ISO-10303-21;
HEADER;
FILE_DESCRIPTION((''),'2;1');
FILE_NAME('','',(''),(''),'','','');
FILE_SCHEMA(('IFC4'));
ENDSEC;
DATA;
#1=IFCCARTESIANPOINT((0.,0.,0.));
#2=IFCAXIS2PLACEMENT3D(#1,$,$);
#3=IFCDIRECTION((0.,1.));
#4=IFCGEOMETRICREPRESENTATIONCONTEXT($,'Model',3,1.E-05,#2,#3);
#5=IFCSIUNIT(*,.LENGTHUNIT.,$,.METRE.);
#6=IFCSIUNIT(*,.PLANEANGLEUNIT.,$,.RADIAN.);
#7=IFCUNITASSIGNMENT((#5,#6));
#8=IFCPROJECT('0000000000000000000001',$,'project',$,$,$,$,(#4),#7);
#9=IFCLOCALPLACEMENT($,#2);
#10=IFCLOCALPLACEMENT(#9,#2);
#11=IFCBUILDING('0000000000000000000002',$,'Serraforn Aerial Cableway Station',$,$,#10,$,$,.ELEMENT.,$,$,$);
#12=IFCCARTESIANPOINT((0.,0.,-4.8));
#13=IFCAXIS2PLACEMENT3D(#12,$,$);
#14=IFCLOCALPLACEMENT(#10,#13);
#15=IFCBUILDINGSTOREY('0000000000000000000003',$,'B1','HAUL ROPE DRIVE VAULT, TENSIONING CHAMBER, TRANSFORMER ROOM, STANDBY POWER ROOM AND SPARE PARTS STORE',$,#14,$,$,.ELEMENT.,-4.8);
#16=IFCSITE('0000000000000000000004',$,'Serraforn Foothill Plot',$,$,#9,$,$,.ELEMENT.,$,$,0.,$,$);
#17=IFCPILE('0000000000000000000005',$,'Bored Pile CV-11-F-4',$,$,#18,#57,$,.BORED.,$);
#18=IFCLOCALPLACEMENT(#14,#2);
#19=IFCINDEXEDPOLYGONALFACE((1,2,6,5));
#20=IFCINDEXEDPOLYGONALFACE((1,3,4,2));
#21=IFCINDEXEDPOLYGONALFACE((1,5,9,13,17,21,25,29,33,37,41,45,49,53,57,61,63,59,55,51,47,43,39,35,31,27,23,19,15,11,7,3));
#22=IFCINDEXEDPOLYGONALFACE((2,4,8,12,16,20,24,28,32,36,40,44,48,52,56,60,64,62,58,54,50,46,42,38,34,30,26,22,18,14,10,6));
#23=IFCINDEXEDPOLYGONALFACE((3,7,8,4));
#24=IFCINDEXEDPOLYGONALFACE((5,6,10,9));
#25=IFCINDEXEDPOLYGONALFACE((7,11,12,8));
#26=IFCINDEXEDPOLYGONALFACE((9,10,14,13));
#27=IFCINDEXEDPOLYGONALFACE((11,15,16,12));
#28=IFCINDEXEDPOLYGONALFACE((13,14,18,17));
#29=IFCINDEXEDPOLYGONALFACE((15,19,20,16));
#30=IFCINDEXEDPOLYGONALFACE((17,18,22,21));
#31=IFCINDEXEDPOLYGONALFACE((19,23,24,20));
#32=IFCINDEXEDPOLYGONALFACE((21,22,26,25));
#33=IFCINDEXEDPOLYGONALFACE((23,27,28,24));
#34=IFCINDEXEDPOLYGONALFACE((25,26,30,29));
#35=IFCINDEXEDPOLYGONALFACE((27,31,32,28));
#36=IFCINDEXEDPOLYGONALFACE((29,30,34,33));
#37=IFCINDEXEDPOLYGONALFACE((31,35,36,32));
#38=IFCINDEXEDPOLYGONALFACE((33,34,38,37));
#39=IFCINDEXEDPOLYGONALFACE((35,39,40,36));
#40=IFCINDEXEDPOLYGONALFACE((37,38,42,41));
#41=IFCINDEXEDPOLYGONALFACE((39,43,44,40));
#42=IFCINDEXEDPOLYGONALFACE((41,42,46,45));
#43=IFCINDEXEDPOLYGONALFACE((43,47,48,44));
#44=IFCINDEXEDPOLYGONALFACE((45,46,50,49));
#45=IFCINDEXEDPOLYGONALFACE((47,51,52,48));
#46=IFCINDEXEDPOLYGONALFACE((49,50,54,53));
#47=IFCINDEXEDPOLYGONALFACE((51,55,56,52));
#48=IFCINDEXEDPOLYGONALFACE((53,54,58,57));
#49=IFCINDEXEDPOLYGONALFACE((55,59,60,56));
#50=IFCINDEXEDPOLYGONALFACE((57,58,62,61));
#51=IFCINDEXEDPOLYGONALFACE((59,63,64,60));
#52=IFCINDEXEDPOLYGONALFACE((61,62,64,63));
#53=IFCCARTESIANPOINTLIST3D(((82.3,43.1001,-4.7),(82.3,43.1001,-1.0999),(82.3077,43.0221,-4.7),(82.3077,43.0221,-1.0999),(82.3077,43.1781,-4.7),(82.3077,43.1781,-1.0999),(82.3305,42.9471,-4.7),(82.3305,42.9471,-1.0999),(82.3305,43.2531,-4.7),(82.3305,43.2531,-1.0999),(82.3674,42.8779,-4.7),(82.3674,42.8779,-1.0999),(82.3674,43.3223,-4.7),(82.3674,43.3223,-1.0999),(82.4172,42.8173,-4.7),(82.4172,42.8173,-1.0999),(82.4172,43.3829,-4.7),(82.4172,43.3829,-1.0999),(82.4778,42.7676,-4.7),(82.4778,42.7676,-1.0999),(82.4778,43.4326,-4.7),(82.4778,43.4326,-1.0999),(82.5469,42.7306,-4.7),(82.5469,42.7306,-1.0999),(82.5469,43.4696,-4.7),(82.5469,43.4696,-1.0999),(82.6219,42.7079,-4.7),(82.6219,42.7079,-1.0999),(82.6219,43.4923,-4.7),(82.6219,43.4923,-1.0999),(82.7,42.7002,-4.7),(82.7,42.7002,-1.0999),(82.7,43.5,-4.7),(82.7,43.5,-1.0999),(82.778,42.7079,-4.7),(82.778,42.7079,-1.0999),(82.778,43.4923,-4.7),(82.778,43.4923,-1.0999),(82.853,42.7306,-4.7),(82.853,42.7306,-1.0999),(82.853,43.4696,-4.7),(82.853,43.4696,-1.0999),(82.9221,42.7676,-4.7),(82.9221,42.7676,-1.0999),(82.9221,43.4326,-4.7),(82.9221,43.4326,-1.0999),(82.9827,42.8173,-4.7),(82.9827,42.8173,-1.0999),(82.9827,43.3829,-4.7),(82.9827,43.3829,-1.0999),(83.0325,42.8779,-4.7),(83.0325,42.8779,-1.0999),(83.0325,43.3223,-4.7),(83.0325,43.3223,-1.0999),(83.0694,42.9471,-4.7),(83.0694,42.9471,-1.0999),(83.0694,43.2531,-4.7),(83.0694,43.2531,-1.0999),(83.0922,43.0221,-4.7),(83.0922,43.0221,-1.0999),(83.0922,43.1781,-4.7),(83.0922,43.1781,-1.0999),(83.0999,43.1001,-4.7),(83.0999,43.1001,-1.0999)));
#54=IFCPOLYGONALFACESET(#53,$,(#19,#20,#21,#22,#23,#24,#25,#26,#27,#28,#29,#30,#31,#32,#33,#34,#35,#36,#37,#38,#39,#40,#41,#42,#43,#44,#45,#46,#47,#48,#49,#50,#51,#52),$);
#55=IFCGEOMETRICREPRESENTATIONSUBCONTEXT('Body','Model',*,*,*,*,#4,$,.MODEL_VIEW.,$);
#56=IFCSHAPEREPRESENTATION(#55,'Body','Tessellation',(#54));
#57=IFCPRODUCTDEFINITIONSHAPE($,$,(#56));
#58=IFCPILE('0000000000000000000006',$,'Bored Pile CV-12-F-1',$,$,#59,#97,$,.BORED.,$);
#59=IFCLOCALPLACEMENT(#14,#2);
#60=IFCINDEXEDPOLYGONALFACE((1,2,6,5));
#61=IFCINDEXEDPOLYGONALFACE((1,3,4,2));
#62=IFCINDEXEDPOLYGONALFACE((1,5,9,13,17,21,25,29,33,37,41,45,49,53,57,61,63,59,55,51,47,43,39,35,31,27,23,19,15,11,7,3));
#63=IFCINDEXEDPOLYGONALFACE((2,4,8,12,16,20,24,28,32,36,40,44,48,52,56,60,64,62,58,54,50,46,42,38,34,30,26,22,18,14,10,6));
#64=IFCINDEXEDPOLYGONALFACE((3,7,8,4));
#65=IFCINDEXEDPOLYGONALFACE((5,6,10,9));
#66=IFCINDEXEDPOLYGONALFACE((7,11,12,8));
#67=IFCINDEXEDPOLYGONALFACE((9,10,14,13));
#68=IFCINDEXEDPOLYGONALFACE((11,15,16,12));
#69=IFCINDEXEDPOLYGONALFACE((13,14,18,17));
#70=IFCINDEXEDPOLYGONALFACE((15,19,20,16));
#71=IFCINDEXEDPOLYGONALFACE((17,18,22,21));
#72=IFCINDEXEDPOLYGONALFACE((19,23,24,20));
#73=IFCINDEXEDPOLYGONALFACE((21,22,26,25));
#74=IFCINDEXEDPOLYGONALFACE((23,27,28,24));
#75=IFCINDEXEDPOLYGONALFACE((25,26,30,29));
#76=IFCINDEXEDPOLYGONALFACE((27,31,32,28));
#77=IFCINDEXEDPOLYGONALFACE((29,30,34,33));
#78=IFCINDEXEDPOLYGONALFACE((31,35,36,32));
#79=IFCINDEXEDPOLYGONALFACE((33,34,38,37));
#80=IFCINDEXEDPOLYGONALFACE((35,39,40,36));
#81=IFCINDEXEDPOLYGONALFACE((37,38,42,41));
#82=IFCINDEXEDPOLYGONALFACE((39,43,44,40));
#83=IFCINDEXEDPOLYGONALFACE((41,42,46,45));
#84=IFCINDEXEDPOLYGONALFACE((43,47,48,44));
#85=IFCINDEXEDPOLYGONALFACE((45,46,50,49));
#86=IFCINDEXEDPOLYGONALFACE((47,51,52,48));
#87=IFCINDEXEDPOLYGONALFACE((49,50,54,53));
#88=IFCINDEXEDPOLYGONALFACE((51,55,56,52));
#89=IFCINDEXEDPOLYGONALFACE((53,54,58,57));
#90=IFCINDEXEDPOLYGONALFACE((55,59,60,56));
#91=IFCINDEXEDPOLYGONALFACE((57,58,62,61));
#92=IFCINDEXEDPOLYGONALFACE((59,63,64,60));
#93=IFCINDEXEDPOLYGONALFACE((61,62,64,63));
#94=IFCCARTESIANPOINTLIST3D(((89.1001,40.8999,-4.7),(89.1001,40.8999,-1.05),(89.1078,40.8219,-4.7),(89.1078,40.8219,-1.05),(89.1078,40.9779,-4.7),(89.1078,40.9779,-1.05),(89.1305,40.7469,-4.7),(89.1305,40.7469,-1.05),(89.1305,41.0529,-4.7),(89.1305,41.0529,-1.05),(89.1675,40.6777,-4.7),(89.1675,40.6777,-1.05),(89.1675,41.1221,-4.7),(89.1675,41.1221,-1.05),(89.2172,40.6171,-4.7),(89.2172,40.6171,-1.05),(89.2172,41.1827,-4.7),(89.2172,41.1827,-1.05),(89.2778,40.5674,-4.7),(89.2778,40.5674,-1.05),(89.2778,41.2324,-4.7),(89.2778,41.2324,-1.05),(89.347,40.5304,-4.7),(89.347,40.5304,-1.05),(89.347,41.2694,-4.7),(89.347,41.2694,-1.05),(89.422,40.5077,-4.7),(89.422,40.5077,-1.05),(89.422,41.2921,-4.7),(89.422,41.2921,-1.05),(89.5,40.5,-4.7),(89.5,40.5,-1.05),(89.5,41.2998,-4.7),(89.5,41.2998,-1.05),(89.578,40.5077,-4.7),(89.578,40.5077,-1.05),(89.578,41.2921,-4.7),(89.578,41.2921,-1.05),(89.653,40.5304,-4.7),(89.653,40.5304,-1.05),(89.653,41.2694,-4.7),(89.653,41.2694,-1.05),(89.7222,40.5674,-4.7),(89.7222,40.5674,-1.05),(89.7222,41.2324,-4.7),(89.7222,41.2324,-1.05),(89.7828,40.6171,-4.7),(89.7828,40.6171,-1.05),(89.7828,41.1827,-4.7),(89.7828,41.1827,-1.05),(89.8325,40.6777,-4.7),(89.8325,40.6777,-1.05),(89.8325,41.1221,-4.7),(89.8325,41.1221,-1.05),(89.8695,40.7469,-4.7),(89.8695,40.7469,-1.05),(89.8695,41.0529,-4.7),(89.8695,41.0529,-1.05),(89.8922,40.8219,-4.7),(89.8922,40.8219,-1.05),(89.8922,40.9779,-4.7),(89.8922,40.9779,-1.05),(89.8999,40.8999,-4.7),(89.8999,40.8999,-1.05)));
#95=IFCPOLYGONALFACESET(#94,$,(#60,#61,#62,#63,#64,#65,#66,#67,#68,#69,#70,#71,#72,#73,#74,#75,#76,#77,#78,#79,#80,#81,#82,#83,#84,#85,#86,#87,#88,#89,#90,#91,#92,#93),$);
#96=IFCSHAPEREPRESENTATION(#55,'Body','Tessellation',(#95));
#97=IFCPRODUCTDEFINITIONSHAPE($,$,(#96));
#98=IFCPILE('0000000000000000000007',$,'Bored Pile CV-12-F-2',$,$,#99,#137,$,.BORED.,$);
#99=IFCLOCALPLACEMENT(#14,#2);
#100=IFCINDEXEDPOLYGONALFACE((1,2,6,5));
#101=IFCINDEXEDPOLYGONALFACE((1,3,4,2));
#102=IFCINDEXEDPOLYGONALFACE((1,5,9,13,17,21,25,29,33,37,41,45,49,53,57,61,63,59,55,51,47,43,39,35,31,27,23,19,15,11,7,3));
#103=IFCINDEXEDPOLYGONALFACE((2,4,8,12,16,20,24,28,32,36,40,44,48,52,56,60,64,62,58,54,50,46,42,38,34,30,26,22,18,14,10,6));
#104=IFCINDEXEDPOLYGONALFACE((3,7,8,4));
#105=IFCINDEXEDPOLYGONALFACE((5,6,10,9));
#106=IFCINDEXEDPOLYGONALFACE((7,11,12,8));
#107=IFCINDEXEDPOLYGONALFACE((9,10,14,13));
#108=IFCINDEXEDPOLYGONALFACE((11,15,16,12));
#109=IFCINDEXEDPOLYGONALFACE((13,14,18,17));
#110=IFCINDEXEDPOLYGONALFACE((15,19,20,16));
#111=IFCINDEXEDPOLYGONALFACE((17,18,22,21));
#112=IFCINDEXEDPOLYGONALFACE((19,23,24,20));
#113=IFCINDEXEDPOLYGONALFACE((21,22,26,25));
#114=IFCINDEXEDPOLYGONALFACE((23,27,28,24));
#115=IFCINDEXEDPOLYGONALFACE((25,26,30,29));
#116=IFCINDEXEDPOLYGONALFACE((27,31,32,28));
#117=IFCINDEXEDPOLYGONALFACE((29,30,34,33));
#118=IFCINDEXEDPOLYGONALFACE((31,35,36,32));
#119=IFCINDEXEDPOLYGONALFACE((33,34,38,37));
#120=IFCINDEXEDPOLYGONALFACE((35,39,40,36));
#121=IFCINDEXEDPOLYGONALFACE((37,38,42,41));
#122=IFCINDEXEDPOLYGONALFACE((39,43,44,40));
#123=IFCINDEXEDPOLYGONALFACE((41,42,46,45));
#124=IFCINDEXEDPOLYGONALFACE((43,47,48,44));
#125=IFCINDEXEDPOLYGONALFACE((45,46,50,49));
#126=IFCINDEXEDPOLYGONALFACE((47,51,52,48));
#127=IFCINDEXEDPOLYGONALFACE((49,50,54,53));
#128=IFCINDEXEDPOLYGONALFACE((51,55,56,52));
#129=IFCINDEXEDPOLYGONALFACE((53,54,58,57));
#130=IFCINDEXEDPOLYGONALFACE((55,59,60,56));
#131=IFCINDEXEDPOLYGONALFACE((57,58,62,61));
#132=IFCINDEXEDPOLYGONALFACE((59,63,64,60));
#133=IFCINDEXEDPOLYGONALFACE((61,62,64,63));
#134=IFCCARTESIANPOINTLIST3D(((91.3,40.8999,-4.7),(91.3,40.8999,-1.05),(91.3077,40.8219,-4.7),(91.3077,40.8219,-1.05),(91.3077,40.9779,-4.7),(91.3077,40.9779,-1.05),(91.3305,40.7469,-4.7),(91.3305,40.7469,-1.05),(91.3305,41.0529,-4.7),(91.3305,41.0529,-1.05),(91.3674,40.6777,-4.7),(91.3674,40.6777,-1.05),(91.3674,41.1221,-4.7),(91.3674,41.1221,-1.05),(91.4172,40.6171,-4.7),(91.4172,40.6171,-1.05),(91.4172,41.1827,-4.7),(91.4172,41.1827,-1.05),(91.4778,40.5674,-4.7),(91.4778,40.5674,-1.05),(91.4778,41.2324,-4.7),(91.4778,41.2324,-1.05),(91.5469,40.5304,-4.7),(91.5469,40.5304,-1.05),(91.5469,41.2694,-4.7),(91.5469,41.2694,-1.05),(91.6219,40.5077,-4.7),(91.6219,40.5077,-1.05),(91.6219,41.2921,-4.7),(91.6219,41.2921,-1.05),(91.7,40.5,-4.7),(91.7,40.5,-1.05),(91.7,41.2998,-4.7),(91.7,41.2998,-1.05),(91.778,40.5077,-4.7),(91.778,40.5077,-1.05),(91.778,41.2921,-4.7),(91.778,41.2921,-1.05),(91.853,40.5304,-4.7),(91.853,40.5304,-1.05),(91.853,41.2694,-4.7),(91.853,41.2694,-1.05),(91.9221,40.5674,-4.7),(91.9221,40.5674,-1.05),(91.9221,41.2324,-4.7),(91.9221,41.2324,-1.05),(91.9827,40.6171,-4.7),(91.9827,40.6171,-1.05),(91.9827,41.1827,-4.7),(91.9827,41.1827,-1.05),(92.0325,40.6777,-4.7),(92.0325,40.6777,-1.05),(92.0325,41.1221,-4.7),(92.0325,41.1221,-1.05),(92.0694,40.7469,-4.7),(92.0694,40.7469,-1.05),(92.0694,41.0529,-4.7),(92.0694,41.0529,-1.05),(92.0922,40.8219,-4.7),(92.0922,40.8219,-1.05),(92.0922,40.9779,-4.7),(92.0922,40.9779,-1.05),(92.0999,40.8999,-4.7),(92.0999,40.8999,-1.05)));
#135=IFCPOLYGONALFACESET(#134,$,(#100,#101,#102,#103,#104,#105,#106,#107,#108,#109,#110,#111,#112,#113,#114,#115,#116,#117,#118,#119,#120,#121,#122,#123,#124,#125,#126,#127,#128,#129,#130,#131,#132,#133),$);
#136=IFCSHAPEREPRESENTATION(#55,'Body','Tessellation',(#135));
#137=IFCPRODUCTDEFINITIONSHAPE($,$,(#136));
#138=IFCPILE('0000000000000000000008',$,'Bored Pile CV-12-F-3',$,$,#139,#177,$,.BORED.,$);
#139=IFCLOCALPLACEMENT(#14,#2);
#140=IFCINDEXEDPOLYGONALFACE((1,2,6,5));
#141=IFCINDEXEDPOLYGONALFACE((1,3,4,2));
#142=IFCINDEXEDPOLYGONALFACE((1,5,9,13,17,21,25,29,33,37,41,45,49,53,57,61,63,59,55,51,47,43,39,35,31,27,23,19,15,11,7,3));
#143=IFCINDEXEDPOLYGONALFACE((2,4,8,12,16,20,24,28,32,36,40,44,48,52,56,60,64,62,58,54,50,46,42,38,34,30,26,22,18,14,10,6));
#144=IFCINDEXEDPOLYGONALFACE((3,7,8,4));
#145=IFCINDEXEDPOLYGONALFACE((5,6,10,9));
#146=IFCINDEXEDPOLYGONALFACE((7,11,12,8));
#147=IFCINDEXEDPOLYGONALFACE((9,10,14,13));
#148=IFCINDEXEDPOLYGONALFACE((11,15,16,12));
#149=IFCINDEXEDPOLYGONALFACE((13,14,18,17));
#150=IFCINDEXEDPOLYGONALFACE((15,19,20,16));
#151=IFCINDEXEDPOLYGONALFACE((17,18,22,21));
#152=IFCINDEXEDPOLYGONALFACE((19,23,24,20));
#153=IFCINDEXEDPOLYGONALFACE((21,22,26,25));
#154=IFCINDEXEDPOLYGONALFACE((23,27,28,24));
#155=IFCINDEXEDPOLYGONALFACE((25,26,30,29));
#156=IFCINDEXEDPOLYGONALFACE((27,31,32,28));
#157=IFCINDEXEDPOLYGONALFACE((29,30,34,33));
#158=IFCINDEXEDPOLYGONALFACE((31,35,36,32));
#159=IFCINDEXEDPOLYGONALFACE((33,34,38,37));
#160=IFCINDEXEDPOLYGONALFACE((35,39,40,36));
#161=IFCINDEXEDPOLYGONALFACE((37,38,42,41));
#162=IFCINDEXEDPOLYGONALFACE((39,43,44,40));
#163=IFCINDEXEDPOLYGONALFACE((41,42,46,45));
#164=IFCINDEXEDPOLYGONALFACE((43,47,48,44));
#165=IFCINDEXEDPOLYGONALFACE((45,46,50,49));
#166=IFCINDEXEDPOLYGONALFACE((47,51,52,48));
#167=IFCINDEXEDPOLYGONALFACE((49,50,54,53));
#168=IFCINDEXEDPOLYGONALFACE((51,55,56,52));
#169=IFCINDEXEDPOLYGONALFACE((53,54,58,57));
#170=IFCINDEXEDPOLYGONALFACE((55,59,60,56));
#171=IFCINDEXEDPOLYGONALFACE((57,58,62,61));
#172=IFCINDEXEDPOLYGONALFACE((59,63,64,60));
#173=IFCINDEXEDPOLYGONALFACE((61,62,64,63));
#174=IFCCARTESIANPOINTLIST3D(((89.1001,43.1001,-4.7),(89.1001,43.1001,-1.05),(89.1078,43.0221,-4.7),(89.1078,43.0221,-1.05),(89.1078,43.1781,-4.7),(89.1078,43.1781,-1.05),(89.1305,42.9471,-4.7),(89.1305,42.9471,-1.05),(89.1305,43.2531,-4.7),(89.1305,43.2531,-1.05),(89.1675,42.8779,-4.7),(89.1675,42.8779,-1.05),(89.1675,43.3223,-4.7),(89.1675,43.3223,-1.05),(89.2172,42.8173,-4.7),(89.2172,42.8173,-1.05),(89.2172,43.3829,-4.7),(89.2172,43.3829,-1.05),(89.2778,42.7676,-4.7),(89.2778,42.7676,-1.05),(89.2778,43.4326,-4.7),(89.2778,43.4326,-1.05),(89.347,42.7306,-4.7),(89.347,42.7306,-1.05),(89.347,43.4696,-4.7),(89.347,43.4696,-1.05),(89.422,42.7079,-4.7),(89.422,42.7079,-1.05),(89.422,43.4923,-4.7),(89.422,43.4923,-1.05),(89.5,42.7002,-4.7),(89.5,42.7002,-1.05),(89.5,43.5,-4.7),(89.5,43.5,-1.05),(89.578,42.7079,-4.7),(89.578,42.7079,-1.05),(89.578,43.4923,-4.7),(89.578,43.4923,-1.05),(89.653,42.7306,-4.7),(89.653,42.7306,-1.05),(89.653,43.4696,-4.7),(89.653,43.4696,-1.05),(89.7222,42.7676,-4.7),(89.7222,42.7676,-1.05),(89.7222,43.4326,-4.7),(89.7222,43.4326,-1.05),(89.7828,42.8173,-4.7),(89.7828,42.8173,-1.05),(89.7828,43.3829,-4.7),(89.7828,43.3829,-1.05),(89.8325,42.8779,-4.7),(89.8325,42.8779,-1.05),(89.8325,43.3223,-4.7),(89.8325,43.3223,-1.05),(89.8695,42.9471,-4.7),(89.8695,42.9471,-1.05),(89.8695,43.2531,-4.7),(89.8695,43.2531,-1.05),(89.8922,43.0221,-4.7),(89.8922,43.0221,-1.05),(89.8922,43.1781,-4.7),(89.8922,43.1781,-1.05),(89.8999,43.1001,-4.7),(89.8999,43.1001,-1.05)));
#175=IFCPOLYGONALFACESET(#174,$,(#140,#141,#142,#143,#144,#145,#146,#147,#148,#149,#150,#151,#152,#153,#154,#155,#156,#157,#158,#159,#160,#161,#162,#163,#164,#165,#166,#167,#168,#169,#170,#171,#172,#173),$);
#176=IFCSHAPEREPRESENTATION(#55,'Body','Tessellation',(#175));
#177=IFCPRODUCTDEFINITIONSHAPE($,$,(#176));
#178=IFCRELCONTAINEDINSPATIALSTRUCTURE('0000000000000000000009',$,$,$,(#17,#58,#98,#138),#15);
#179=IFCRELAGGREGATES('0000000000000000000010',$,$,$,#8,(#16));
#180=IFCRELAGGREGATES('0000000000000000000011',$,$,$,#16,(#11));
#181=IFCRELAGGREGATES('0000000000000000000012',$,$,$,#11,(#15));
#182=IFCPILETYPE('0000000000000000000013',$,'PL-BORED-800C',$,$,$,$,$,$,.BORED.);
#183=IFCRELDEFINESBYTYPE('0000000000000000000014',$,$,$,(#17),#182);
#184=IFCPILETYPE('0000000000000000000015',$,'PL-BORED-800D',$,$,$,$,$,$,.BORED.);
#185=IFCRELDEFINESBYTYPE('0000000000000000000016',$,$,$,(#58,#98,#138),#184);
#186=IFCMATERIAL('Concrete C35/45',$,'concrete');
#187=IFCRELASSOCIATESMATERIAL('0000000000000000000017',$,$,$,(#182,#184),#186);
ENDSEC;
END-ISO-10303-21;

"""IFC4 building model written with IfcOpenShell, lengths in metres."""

from ifc_helpers import new_model, si_unit, direction, frame, origin, origin_2d, place, context, subcontext, project, spatial, circle, extrude, material, material_profile, profile_set, type_object, element, save


model = new_model("IFC4")

# Units and contexts
model_context = context("Model", 3, precision=1e-05, world=origin(), true_north=direction((0.0, 1.0)))
body_context = subcontext(model_context, "Body", "Model", "MODEL_VIEW")
ifc_project = project(units=[si_unit("LENGTHUNIT", "METRE"), si_unit("PLANEANGLEUNIT", "RADIAN")], contexts=[model_context])

# Site, building, storey
site_placement = place(None, origin())
site = spatial("IfcSite", under=ifc_project, at=site_placement, Name="Serraforn Foothill Plot", CompositionType="ELEMENT", RefElevation=0.0)
building_placement = place(site_placement, origin())
building = spatial("IfcBuilding", under=site, at=building_placement, Name="Serraforn Aerial Cableway Station", CompositionType="ELEMENT")
storey_placement = place(building_placement, frame((0.0, 0.0, -4.8)))
storey = spatial("IfcBuildingStorey", under=building, at=storey_placement, Name="B1", Description="HAUL ROPE DRIVE VAULT, TENSIONING CHAMBER, TRANSFORMER ROOM, STANDBY POWER ROOM AND SPARE PARTS STORE", CompositionType="ELEMENT", Elevation=-4.8)

# Shared definitions
ifc_material_1 = material(Name="Concrete C35/45", Category="concrete")

# Piles
ifc_material_profile_1 = material_profile(ifc_material_1, circle(Radius=0.3999, at=origin_2d()), Name="BORED PILE D800")
ifc_profile_set_1 = profile_set([ifc_material_profile_1], Name="Concrete C35/45")
pile_type_1 = type_object("IfcPileType", Name="PL-BORED-800C", PredefinedType="BORED", material=ifc_profile_set_1)
for number, where, z_axis, x_axis, name in (
    (1, (82.7, 43.1001, -1.0999), (0.0, 0.0, -1.0), (1.0, 0.0, 0.0), "Bored Pile CV-11-F-4"),
):
    element("IfcPile", number, at=place(storey_placement, frame(where, z_axis=z_axis, x_axis=x_axis)), inside=storey, type_object=pile_type_1, Name=name, PredefinedType="BORED", context=body_context, shape_type="SweptSolid", body=[
        extrude(circle(Radius=0.3999, at=origin_2d()), origin(), (0.0, 0.0, 1.0), 3.6001),
    ])
ifc_material_profile_2 = material_profile(ifc_material_1, circle(Radius=0.3999, at=origin_2d()), Name="BORED PILE D800")
ifc_profile_set_2 = profile_set([ifc_material_profile_2], Name="Concrete C35/45")
pile_type_2 = type_object("IfcPileType", Name="PL-BORED-800D", PredefinedType="BORED", material=ifc_profile_set_2)
for number, where, z_axis, x_axis, name in (
    (2, (89.5, 40.8999, -1.05), (0.0, 0.0, -1.0), (1.0, 0.0, 0.0), "Bored Pile CV-12-F-1"),
    (3, (91.7, 40.8999, -1.05), (0.0, 0.0, -1.0), (1.0, 0.0, 0.0), "Bored Pile CV-12-F-2"),
    (4, (89.5, 43.1001, -1.05), (0.0, 0.0, -1.0), (1.0, 0.0, 0.0), "Bored Pile CV-12-F-3"),
):
    element("IfcPile", number, at=place(storey_placement, frame(where, z_axis=z_axis, x_axis=x_axis)), inside=storey, type_object=pile_type_2, Name=name, PredefinedType="BORED", context=body_context, shape_type="SweptSolid", body=[
        extrude(circle(Radius=0.3999, at=origin_2d()), origin(), (0.0, 0.0, 1.0), 3.6499),
    ])

save(model, "model.ifc")
